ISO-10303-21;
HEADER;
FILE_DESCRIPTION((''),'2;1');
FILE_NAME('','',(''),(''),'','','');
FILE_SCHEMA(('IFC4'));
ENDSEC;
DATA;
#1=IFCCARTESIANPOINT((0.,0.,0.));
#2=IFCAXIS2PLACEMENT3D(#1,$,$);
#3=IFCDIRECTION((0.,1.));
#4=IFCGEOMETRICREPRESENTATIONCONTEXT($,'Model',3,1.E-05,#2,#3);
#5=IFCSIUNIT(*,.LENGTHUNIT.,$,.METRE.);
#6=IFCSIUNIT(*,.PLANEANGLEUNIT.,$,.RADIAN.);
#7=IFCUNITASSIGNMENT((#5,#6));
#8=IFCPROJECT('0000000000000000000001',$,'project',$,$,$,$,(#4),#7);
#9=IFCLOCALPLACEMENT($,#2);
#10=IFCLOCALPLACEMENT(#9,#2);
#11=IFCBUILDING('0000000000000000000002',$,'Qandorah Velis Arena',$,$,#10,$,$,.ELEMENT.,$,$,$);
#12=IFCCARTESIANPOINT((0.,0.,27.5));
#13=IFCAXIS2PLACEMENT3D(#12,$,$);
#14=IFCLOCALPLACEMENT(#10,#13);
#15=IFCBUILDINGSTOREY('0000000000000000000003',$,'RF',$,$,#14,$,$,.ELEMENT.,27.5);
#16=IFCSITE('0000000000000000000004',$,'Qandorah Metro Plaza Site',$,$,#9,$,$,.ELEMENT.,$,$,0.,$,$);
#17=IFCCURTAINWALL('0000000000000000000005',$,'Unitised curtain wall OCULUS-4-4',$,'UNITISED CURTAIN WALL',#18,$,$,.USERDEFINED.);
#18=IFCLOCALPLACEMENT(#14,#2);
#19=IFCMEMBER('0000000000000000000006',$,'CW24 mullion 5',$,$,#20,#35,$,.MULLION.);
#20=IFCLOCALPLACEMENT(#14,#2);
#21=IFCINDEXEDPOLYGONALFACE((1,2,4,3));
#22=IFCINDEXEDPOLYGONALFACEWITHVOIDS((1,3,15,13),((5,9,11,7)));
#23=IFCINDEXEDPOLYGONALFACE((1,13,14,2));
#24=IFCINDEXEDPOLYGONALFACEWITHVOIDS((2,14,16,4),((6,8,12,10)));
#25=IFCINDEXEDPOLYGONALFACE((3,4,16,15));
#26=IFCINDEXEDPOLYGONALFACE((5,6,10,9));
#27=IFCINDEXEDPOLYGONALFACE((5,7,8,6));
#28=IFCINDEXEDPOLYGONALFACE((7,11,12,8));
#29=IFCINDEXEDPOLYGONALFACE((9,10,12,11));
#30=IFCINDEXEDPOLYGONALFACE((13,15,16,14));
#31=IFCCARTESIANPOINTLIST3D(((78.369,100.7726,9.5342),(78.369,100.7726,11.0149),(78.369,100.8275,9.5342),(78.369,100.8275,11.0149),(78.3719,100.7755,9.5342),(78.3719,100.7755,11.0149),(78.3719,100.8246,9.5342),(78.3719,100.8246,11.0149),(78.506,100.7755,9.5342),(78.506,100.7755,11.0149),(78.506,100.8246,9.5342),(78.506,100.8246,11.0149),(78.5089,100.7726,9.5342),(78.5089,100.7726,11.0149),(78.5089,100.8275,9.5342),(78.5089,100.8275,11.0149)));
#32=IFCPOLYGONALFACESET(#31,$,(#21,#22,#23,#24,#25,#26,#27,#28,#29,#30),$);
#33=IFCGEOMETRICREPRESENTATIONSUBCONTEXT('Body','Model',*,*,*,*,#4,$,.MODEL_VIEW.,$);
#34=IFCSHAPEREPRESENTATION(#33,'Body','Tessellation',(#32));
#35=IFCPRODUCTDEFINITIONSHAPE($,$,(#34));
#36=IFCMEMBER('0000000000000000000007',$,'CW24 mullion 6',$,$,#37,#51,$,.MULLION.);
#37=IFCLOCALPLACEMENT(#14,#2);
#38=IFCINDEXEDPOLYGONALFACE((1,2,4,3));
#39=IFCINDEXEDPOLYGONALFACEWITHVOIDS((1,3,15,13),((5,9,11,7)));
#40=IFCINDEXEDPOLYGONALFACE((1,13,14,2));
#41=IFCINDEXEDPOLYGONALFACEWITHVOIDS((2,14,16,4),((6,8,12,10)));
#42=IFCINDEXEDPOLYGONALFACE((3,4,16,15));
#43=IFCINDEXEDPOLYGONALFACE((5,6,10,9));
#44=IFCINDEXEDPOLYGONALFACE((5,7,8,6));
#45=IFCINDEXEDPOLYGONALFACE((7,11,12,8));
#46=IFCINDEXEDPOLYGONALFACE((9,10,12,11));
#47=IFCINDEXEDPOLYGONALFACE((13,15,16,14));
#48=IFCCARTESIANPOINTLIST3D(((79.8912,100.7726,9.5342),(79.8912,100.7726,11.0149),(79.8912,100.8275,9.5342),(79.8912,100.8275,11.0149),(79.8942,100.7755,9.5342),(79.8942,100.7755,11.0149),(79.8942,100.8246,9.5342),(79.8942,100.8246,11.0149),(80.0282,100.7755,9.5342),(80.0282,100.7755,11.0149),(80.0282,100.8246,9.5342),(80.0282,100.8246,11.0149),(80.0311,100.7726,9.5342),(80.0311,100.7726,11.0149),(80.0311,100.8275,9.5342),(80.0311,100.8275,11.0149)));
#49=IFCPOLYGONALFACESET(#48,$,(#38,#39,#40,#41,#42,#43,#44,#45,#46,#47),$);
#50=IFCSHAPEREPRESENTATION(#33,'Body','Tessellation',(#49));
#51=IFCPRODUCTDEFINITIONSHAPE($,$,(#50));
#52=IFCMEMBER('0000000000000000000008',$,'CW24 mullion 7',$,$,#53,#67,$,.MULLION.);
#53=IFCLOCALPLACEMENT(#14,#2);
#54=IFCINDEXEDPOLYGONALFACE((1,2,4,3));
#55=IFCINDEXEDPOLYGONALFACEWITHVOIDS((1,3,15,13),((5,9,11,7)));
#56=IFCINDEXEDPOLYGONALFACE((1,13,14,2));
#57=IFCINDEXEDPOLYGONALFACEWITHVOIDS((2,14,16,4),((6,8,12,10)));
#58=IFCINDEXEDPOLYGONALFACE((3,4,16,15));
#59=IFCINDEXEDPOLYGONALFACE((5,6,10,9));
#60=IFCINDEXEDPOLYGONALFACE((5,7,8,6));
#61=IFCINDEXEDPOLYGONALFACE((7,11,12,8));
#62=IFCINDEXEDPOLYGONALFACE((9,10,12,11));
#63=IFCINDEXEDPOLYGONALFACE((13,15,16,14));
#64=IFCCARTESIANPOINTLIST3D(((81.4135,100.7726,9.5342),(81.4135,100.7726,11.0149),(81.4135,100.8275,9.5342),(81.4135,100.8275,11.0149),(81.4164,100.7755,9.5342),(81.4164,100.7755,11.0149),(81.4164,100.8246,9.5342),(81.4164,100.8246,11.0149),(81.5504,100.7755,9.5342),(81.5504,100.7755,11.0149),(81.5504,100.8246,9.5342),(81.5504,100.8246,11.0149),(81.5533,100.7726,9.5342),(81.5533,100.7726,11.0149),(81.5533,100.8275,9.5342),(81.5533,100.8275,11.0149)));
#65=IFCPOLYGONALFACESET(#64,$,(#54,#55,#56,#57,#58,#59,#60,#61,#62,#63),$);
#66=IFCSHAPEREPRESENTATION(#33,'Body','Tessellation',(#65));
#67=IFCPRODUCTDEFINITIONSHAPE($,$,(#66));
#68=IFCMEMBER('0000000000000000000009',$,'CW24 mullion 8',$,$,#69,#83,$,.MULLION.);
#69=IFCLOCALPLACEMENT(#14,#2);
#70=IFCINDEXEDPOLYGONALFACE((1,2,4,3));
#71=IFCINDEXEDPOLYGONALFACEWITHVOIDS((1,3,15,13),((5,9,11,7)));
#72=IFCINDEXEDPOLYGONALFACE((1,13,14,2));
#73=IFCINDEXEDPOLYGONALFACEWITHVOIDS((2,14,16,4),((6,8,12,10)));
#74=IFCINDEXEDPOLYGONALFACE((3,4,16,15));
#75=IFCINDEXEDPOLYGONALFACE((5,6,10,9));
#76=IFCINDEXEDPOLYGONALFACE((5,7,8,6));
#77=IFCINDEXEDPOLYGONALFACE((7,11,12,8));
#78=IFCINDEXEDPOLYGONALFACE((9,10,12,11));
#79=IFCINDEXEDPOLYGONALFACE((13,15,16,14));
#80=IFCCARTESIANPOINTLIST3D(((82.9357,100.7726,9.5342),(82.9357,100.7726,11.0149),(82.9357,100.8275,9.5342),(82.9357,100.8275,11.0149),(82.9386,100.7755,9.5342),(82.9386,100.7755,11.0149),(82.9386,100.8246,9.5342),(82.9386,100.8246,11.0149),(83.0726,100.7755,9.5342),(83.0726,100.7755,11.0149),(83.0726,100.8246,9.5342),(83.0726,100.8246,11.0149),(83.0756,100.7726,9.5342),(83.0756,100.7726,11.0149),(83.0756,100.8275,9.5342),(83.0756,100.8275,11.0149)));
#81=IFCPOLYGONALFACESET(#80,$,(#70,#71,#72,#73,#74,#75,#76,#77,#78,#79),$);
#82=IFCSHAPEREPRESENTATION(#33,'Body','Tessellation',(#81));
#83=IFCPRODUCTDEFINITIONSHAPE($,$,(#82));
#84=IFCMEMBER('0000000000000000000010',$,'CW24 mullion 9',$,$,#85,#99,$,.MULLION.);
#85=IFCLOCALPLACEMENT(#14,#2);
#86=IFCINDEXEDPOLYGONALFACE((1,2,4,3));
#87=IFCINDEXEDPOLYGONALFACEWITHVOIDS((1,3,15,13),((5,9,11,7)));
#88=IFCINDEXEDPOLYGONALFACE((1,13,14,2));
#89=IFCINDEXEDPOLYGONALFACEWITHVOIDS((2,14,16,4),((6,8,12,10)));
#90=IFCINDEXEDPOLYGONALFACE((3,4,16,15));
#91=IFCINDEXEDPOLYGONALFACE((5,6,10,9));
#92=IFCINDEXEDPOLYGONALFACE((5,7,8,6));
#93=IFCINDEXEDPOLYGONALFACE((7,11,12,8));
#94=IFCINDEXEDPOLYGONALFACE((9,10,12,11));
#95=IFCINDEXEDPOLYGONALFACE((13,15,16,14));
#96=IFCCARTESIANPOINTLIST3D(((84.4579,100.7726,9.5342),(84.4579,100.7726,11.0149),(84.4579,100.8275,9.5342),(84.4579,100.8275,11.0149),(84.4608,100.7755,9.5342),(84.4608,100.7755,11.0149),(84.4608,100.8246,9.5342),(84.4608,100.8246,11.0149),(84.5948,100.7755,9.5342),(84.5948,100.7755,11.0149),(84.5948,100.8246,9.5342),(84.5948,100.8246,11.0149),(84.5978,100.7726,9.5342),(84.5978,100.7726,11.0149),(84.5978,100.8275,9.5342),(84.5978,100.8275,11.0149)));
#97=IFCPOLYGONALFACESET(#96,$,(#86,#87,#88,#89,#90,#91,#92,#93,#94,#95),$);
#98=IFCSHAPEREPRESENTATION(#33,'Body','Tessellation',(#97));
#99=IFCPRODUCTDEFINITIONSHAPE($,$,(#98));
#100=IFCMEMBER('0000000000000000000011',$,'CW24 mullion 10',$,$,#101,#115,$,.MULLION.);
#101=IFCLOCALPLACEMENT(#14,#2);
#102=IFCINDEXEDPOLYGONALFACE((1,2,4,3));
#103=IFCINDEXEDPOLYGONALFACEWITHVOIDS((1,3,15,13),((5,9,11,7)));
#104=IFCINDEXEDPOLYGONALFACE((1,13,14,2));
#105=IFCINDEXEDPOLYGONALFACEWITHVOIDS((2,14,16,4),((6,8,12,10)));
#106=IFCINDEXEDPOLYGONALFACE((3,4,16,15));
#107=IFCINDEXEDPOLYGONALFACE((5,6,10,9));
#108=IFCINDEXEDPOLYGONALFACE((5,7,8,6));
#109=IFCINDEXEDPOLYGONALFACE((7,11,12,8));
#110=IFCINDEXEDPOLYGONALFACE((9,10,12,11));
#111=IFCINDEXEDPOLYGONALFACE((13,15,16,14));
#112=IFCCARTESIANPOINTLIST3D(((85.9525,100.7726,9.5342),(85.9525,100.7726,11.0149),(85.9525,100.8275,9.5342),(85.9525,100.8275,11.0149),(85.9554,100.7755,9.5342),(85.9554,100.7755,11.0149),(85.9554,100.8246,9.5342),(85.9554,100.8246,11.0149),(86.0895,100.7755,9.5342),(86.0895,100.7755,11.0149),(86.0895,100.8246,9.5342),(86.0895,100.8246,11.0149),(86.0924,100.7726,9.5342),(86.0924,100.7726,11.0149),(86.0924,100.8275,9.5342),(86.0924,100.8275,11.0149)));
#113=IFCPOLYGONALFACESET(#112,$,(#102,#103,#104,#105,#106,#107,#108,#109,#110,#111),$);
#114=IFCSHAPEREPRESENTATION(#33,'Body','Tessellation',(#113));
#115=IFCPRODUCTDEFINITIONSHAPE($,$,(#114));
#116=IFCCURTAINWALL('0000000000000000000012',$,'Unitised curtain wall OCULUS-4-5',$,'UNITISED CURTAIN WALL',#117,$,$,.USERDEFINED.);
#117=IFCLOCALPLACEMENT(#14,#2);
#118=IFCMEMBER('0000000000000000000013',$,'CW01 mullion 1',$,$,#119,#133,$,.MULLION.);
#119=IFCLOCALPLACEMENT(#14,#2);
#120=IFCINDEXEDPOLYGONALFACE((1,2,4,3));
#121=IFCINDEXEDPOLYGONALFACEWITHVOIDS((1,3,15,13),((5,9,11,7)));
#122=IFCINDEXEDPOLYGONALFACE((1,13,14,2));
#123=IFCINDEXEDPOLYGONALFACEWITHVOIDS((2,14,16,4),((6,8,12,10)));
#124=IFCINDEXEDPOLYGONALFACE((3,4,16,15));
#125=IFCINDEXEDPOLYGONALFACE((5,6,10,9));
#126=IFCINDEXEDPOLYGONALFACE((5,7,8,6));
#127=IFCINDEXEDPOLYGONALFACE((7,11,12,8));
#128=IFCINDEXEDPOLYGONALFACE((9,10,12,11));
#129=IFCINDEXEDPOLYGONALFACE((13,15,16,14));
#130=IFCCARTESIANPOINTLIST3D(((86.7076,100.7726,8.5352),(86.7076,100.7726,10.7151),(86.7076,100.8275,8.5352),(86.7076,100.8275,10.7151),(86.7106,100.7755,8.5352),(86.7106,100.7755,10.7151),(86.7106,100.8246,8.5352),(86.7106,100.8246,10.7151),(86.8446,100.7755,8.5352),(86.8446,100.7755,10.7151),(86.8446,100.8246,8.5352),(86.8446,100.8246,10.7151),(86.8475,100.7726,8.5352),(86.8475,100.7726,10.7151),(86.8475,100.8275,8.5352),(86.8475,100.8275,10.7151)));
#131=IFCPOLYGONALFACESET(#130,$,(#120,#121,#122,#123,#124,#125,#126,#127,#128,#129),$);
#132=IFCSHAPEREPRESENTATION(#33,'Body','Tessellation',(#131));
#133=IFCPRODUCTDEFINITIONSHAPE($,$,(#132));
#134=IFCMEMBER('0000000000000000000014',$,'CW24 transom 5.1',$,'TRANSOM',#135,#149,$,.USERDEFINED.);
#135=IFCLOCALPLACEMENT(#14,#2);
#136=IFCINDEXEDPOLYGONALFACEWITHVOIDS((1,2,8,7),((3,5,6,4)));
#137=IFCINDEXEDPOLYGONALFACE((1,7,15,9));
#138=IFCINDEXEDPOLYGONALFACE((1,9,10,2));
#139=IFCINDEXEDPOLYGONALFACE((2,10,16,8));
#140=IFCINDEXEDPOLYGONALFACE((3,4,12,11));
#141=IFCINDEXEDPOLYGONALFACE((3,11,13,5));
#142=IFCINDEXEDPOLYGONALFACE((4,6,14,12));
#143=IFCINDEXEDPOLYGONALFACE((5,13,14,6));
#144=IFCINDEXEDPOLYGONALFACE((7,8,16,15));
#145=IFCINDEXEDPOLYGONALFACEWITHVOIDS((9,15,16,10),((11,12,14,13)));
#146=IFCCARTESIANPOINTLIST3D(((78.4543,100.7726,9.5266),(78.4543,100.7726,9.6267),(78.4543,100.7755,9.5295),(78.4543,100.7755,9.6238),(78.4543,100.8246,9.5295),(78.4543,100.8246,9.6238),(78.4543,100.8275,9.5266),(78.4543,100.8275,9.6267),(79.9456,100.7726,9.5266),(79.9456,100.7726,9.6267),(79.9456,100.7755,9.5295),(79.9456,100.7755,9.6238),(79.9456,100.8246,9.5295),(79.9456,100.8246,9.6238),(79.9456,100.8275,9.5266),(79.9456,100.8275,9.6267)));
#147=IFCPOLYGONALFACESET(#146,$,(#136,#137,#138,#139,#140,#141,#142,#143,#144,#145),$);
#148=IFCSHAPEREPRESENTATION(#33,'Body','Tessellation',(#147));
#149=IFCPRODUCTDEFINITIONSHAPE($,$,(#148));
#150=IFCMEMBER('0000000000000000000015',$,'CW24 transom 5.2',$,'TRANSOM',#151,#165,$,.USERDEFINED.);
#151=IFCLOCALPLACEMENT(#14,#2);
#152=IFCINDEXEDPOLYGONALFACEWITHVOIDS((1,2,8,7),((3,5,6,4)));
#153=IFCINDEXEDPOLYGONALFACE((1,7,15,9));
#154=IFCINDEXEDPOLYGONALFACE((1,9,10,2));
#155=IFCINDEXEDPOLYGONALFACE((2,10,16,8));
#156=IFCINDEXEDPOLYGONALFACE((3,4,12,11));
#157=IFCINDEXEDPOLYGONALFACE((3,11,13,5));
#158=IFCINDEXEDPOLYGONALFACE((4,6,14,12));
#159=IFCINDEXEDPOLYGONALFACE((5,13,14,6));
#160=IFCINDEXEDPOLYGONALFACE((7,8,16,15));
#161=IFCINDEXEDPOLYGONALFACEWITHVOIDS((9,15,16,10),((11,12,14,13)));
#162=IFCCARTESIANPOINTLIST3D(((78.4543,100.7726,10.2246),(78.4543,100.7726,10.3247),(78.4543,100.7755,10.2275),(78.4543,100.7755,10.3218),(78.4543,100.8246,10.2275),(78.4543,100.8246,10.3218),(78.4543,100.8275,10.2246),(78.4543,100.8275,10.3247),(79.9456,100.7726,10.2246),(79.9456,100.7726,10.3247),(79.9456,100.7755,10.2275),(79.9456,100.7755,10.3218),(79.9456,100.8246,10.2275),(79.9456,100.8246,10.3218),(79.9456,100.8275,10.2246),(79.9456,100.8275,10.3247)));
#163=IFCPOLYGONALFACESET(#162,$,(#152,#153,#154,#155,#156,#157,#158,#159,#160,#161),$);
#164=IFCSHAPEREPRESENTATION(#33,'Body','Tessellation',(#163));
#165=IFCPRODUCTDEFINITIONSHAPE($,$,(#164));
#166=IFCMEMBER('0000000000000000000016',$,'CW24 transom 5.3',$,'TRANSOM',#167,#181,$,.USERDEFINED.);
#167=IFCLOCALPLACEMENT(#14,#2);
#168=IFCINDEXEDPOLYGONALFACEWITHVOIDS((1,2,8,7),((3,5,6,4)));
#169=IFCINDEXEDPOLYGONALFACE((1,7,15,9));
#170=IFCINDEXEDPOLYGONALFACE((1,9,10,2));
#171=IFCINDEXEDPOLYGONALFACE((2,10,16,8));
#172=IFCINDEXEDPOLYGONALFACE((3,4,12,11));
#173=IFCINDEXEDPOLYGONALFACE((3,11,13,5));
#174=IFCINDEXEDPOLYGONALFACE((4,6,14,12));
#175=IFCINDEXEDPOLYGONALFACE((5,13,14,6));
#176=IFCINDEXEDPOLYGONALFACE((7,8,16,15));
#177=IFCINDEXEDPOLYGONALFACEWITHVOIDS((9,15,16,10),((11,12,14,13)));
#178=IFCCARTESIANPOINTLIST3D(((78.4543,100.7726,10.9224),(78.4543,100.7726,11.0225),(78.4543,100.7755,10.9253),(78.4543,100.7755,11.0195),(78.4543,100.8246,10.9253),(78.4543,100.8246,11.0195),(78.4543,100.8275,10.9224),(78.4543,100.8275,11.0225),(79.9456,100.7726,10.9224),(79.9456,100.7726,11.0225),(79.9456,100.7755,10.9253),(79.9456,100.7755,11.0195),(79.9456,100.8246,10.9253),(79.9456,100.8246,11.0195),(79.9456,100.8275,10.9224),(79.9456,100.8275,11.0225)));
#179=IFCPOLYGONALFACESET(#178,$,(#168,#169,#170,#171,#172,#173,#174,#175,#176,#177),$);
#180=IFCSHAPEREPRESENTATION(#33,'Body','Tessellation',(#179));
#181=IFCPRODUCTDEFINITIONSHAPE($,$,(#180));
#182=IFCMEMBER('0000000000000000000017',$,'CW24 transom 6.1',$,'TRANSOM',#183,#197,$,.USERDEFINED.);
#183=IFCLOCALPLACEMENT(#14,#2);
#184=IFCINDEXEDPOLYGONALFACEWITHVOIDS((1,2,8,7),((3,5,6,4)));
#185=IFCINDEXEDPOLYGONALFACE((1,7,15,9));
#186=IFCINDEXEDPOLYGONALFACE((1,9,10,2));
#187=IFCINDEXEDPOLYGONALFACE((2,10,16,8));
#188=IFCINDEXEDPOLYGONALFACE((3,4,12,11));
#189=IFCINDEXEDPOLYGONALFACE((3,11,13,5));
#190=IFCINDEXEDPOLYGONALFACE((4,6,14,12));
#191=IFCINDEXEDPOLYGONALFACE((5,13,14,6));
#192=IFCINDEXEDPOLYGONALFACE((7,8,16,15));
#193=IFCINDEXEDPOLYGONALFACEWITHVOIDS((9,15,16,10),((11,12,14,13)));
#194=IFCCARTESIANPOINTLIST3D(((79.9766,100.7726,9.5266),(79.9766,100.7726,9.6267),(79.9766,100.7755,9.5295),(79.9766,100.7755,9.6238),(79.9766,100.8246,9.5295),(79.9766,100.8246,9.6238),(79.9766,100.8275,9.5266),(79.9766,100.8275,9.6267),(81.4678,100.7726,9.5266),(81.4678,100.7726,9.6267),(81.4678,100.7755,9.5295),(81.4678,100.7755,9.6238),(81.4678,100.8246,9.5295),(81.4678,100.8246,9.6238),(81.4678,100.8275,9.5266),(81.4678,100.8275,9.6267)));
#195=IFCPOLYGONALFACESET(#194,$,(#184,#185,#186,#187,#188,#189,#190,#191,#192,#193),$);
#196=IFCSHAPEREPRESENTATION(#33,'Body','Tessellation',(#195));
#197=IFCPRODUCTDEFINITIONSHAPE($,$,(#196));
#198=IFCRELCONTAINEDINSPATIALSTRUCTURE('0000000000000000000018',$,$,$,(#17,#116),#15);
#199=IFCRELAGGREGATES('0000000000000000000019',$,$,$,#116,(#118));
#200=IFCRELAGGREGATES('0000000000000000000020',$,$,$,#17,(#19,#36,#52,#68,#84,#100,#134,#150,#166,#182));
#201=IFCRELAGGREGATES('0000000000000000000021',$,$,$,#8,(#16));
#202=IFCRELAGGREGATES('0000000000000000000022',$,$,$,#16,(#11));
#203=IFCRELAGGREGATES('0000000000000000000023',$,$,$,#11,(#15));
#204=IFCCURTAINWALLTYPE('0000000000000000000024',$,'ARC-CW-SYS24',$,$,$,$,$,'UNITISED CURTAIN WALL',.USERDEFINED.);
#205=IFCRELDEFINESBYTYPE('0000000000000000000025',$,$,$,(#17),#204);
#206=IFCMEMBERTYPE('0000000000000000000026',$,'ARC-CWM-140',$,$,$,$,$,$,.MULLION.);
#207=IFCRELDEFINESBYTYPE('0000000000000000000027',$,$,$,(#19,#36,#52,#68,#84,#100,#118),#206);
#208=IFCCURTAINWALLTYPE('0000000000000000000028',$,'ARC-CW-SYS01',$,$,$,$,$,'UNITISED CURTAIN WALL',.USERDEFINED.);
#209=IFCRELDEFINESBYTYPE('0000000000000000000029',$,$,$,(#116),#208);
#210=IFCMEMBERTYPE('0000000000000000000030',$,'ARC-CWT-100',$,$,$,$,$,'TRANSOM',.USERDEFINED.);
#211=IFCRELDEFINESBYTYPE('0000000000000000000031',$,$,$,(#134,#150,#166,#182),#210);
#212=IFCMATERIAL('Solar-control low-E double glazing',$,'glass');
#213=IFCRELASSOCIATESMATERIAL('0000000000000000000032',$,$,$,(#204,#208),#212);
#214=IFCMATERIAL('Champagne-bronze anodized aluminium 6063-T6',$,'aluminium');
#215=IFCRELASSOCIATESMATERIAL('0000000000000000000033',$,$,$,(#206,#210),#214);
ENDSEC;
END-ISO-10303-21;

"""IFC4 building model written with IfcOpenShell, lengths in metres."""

from ifc_helpers import new_model, si_unit, direction, frame, origin, origin_2d, place, context, subcontext, project, spatial, hollow_rectangle, extrude, material, material_profile, profile_set, type_object, element, aggregate, save


model = new_model("IFC4")

# Units and contexts
model_context = context("Model", 3, precision=1e-05, world=origin(), true_north=direction((0.0, 1.0)))
body_context = subcontext(model_context, "Body", "Model", "MODEL_VIEW")
ifc_project = project(units=[si_unit("LENGTHUNIT", "METRE"), si_unit("PLANEANGLEUNIT", "RADIAN")], contexts=[model_context])

# Site, building, storey
site_placement = place(None, origin())
site = spatial("IfcSite", under=ifc_project, at=site_placement, Name="Qandorah Metro Plaza Site", CompositionType="ELEMENT", RefElevation=0.0)
building_placement = place(site_placement, origin())
building = spatial("IfcBuilding", under=site, at=building_placement, Name="Qandorah Velis Arena", CompositionType="ELEMENT")
storey_placement = place(building_placement, frame((0.0, 0.0, 27.5)))
storey = spatial("IfcBuildingStorey", under=building, at=storey_placement, Name="RF", CompositionType="ELEMENT", Elevation=27.5)

# Curtain wall, members
ifc_material_1 = material(Name="Solar-control low-E double glazing", Category="glass")
curtain_wall_type_1 = type_object("IfcCurtainWallType", Name="ARC-CW-SYS24", ElementType="UNITISED CURTAIN WALL", PredefinedType="USERDEFINED", material=ifc_material_1)
curtain_wall_1_placement = place(storey_placement, origin())
curtain_wall_1 = element("IfcCurtainWall", 1, at=curtain_wall_1_placement, inside=storey, type_object=curtain_wall_type_1, Name="Unitised curtain wall OCULUS-4-4", ObjectType="UNITISED CURTAIN WALL", PredefinedType="USERDEFINED")
ifc_material_2 = material(Name="Champagne-bronze anodized aluminium 6063-T6", Category="aluminium")
ifc_material_profile_1 = material_profile(ifc_material_2, hollow_rectangle(XDim=0.0549, YDim=0.1399, WallThickness=0.0029, at=origin_2d()), Name="ALU MULLION 55x140")
ifc_profile_set_1 = profile_set([ifc_material_profile_1], Name="Champagne-bronze anodized aluminium 6063-T6")
member_type_1 = type_object("IfcMemberType", Name="ARC-CWM-140", PredefinedType="MULLION", material=ifc_profile_set_1)
member_1_placement = place(storey_placement, frame((78.439, 100.8, 9.5342), z_axis=(0.0, 0.0, 1.0), x_axis=(0.0, 1.0, 0.0)))
member_1 = element("IfcMember", 2, at=member_1_placement, type_object=member_type_1, Name="CW24 mullion 5", PredefinedType="MULLION", context=body_context, shape_type="SweptSolid", body=[
    extrude(hollow_rectangle(XDim=0.0549, YDim=0.1399, WallThickness=0.0029, at=origin_2d()), origin(), (0.0, 0.0, 1.0), 1.4807),
])
member_2_placement = place(storey_placement, frame((79.9612, 100.8, 9.5342), z_axis=(0.0, 0.0, 1.0), x_axis=(0.0, 1.0, 0.0)))
member_2 = element("IfcMember", 3, at=member_2_placement, type_object=member_type_1, Name="CW24 mullion 6", PredefinedType="MULLION", context=body_context, shape_type="SweptSolid", body=[
    extrude(hollow_rectangle(XDim=0.0549, YDim=0.1399, WallThickness=0.0029, at=origin_2d()), origin(), (0.0, 0.0, 1.0), 1.4807),
])
member_3_placement = place(storey_placement, frame((81.4834, 100.8, 9.5342), z_axis=(0.0, 0.0, 1.0), x_axis=(0.0, 1.0, 0.0)))
member_3 = element("IfcMember", 4, at=member_3_placement, type_object=member_type_1, Name="CW24 mullion 7", PredefinedType="MULLION", context=body_context, shape_type="SweptSolid", body=[
    extrude(hollow_rectangle(XDim=0.0549, YDim=0.1399, WallThickness=0.0029, at=origin_2d()), origin(), (0.0, 0.0, 1.0), 1.4807),
])
member_4_placement = place(storey_placement, frame((83.0056, 100.8, 9.5342), z_axis=(0.0, 0.0, 1.0), x_axis=(0.0, 1.0, 0.0)))
member_4 = element("IfcMember", 5, at=member_4_placement, type_object=member_type_1, Name="CW24 mullion 8", PredefinedType="MULLION", context=body_context, shape_type="SweptSolid", body=[
    extrude(hollow_rectangle(XDim=0.0549, YDim=0.1399, WallThickness=0.0029, at=origin_2d()), origin(), (0.0, 0.0, 1.0), 1.4807),
])
member_5_placement = place(storey_placement, frame((84.5278, 100.8, 9.5342), z_axis=(0.0, 0.0, 1.0), x_axis=(0.0, 1.0, 0.0)))
member_5 = element("IfcMember", 6, at=member_5_placement, type_object=member_type_1, Name="CW24 mullion 9", PredefinedType="MULLION", context=body_context, shape_type="SweptSolid", body=[
    extrude(hollow_rectangle(XDim=0.0549, YDim=0.1399, WallThickness=0.0029, at=origin_2d()), origin(), (0.0, 0.0, 1.0), 1.4807),
])
member_6_placement = place(storey_placement, frame((86.0225, 100.8, 9.5342), z_axis=(0.0, 0.0, 1.0), x_axis=(0.0, 1.0, 0.0)))
member_6 = element("IfcMember", 7, at=member_6_placement, type_object=member_type_1, Name="CW24 mullion 10", PredefinedType="MULLION", context=body_context, shape_type="SweptSolid", body=[
    extrude(hollow_rectangle(XDim=0.0549, YDim=0.1399, WallThickness=0.0029, at=origin_2d()), origin(), (0.0, 0.0, 1.0), 1.4807),
])

# Curtain wall, member
curtain_wall_type_2 = type_object("IfcCurtainWallType", Name="ARC-CW-SYS01", ElementType="UNITISED CURTAIN WALL", PredefinedType="USERDEFINED", material=ifc_material_1)
curtain_wall_2_placement = place(storey_placement, origin())
curtain_wall_2 = element("IfcCurtainWall", 8, at=curtain_wall_2_placement, inside=storey, type_object=curtain_wall_type_2, Name="Unitised curtain wall OCULUS-4-5", ObjectType="UNITISED CURTAIN WALL", PredefinedType="USERDEFINED")
member_7_placement = place(storey_placement, frame((86.7776, 100.8, 8.5352), z_axis=(0.0, 0.0, 1.0), x_axis=(0.0, 1.0, 0.0)))
member_7 = element("IfcMember", 9, at=member_7_placement, type_object=member_type_1, Name="CW01 mullion 1", PredefinedType="MULLION", context=body_context, shape_type="SweptSolid", body=[
    extrude(hollow_rectangle(XDim=0.0549, YDim=0.1399, WallThickness=0.0029, at=origin_2d()), origin(), (0.0, 0.0, 1.0), 2.1799),
])
aggregate(curtain_wall_2, [member_7])

# Members
ifc_material_profile_2 = material_profile(ifc_material_2, hollow_rectangle(XDim=0.0549, YDim=0.1001, WallThickness=0.0029, at=origin_2d()), Name="ALU TRANSOM 55x100")
ifc_profile_set_2 = profile_set([ifc_material_profile_2], Name="Champagne-bronze anodized aluminium 6063-T6")
member_type_2 = type_object("IfcMemberType", Name="ARC-CWT-100", ElementType="TRANSOM", PredefinedType="USERDEFINED", material=ifc_profile_set_2)
member_8_placement = place(storey_placement, frame((78.4543, 100.8, 9.5767), z_axis=(1.0, 0.0, 0.0), x_axis=(0.0, 1.0, 0.0)))
member_8 = element("IfcMember", 10, at=member_8_placement, type_object=member_type_2, Name="CW24 transom 5.1", ObjectType="TRANSOM", PredefinedType="USERDEFINED", context=body_context, shape_type="SweptSolid", body=[
    extrude(hollow_rectangle(XDim=0.0549, YDim=0.1001, WallThickness=0.0029, at=origin_2d()), origin(), (0.0, 0.0, 1.0), 1.4912),
])
member_9_placement = place(storey_placement, frame((78.4543, 100.8, 10.2747), z_axis=(1.0, 0.0, 0.0), x_axis=(0.0, 1.0, 0.0)))
member_9 = element("IfcMember", 11, at=member_9_placement, type_object=member_type_2, Name="CW24 transom 5.2", ObjectType="TRANSOM", PredefinedType="USERDEFINED", context=body_context, shape_type="SweptSolid", body=[
    extrude(hollow_rectangle(XDim=0.0549, YDim=0.1001, WallThickness=0.0029, at=origin_2d()), origin(), (0.0, 0.0, 1.0), 1.4912),
])
member_10_placement = place(storey_placement, frame((78.4543, 100.8, 10.9724), z_axis=(1.0, 0.0, 0.0), x_axis=(0.0, 1.0, 0.0)))
member_10 = element("IfcMember", 12, at=member_10_placement, type_object=member_type_2, Name="CW24 transom 5.3", ObjectType="TRANSOM", PredefinedType="USERDEFINED", context=body_context, shape_type="SweptSolid", body=[
    extrude(hollow_rectangle(XDim=0.0549, YDim=0.1001, WallThickness=0.0029, at=origin_2d()), origin(), (0.0, 0.0, 1.0), 1.4912),
])
member_11_placement = place(storey_placement, frame((79.9766, 100.8, 9.5767), z_axis=(1.0, 0.0, 0.0), x_axis=(0.0, 1.0, 0.0)))
member_11 = element("IfcMember", 13, at=member_11_placement, type_object=member_type_2, Name="CW24 transom 6.1", ObjectType="TRANSOM", PredefinedType="USERDEFINED", context=body_context, shape_type="SweptSolid", body=[
    extrude(hollow_rectangle(XDim=0.0549, YDim=0.1001, WallThickness=0.0029, at=origin_2d()), origin(), (0.0, 0.0, 1.0), 1.4912),
])

aggregate(curtain_wall_1, [member_1, member_2, member_3, member_4, member_5, member_6, member_8, member_9, member_10, member_11])

save(model, "model.ifc")
